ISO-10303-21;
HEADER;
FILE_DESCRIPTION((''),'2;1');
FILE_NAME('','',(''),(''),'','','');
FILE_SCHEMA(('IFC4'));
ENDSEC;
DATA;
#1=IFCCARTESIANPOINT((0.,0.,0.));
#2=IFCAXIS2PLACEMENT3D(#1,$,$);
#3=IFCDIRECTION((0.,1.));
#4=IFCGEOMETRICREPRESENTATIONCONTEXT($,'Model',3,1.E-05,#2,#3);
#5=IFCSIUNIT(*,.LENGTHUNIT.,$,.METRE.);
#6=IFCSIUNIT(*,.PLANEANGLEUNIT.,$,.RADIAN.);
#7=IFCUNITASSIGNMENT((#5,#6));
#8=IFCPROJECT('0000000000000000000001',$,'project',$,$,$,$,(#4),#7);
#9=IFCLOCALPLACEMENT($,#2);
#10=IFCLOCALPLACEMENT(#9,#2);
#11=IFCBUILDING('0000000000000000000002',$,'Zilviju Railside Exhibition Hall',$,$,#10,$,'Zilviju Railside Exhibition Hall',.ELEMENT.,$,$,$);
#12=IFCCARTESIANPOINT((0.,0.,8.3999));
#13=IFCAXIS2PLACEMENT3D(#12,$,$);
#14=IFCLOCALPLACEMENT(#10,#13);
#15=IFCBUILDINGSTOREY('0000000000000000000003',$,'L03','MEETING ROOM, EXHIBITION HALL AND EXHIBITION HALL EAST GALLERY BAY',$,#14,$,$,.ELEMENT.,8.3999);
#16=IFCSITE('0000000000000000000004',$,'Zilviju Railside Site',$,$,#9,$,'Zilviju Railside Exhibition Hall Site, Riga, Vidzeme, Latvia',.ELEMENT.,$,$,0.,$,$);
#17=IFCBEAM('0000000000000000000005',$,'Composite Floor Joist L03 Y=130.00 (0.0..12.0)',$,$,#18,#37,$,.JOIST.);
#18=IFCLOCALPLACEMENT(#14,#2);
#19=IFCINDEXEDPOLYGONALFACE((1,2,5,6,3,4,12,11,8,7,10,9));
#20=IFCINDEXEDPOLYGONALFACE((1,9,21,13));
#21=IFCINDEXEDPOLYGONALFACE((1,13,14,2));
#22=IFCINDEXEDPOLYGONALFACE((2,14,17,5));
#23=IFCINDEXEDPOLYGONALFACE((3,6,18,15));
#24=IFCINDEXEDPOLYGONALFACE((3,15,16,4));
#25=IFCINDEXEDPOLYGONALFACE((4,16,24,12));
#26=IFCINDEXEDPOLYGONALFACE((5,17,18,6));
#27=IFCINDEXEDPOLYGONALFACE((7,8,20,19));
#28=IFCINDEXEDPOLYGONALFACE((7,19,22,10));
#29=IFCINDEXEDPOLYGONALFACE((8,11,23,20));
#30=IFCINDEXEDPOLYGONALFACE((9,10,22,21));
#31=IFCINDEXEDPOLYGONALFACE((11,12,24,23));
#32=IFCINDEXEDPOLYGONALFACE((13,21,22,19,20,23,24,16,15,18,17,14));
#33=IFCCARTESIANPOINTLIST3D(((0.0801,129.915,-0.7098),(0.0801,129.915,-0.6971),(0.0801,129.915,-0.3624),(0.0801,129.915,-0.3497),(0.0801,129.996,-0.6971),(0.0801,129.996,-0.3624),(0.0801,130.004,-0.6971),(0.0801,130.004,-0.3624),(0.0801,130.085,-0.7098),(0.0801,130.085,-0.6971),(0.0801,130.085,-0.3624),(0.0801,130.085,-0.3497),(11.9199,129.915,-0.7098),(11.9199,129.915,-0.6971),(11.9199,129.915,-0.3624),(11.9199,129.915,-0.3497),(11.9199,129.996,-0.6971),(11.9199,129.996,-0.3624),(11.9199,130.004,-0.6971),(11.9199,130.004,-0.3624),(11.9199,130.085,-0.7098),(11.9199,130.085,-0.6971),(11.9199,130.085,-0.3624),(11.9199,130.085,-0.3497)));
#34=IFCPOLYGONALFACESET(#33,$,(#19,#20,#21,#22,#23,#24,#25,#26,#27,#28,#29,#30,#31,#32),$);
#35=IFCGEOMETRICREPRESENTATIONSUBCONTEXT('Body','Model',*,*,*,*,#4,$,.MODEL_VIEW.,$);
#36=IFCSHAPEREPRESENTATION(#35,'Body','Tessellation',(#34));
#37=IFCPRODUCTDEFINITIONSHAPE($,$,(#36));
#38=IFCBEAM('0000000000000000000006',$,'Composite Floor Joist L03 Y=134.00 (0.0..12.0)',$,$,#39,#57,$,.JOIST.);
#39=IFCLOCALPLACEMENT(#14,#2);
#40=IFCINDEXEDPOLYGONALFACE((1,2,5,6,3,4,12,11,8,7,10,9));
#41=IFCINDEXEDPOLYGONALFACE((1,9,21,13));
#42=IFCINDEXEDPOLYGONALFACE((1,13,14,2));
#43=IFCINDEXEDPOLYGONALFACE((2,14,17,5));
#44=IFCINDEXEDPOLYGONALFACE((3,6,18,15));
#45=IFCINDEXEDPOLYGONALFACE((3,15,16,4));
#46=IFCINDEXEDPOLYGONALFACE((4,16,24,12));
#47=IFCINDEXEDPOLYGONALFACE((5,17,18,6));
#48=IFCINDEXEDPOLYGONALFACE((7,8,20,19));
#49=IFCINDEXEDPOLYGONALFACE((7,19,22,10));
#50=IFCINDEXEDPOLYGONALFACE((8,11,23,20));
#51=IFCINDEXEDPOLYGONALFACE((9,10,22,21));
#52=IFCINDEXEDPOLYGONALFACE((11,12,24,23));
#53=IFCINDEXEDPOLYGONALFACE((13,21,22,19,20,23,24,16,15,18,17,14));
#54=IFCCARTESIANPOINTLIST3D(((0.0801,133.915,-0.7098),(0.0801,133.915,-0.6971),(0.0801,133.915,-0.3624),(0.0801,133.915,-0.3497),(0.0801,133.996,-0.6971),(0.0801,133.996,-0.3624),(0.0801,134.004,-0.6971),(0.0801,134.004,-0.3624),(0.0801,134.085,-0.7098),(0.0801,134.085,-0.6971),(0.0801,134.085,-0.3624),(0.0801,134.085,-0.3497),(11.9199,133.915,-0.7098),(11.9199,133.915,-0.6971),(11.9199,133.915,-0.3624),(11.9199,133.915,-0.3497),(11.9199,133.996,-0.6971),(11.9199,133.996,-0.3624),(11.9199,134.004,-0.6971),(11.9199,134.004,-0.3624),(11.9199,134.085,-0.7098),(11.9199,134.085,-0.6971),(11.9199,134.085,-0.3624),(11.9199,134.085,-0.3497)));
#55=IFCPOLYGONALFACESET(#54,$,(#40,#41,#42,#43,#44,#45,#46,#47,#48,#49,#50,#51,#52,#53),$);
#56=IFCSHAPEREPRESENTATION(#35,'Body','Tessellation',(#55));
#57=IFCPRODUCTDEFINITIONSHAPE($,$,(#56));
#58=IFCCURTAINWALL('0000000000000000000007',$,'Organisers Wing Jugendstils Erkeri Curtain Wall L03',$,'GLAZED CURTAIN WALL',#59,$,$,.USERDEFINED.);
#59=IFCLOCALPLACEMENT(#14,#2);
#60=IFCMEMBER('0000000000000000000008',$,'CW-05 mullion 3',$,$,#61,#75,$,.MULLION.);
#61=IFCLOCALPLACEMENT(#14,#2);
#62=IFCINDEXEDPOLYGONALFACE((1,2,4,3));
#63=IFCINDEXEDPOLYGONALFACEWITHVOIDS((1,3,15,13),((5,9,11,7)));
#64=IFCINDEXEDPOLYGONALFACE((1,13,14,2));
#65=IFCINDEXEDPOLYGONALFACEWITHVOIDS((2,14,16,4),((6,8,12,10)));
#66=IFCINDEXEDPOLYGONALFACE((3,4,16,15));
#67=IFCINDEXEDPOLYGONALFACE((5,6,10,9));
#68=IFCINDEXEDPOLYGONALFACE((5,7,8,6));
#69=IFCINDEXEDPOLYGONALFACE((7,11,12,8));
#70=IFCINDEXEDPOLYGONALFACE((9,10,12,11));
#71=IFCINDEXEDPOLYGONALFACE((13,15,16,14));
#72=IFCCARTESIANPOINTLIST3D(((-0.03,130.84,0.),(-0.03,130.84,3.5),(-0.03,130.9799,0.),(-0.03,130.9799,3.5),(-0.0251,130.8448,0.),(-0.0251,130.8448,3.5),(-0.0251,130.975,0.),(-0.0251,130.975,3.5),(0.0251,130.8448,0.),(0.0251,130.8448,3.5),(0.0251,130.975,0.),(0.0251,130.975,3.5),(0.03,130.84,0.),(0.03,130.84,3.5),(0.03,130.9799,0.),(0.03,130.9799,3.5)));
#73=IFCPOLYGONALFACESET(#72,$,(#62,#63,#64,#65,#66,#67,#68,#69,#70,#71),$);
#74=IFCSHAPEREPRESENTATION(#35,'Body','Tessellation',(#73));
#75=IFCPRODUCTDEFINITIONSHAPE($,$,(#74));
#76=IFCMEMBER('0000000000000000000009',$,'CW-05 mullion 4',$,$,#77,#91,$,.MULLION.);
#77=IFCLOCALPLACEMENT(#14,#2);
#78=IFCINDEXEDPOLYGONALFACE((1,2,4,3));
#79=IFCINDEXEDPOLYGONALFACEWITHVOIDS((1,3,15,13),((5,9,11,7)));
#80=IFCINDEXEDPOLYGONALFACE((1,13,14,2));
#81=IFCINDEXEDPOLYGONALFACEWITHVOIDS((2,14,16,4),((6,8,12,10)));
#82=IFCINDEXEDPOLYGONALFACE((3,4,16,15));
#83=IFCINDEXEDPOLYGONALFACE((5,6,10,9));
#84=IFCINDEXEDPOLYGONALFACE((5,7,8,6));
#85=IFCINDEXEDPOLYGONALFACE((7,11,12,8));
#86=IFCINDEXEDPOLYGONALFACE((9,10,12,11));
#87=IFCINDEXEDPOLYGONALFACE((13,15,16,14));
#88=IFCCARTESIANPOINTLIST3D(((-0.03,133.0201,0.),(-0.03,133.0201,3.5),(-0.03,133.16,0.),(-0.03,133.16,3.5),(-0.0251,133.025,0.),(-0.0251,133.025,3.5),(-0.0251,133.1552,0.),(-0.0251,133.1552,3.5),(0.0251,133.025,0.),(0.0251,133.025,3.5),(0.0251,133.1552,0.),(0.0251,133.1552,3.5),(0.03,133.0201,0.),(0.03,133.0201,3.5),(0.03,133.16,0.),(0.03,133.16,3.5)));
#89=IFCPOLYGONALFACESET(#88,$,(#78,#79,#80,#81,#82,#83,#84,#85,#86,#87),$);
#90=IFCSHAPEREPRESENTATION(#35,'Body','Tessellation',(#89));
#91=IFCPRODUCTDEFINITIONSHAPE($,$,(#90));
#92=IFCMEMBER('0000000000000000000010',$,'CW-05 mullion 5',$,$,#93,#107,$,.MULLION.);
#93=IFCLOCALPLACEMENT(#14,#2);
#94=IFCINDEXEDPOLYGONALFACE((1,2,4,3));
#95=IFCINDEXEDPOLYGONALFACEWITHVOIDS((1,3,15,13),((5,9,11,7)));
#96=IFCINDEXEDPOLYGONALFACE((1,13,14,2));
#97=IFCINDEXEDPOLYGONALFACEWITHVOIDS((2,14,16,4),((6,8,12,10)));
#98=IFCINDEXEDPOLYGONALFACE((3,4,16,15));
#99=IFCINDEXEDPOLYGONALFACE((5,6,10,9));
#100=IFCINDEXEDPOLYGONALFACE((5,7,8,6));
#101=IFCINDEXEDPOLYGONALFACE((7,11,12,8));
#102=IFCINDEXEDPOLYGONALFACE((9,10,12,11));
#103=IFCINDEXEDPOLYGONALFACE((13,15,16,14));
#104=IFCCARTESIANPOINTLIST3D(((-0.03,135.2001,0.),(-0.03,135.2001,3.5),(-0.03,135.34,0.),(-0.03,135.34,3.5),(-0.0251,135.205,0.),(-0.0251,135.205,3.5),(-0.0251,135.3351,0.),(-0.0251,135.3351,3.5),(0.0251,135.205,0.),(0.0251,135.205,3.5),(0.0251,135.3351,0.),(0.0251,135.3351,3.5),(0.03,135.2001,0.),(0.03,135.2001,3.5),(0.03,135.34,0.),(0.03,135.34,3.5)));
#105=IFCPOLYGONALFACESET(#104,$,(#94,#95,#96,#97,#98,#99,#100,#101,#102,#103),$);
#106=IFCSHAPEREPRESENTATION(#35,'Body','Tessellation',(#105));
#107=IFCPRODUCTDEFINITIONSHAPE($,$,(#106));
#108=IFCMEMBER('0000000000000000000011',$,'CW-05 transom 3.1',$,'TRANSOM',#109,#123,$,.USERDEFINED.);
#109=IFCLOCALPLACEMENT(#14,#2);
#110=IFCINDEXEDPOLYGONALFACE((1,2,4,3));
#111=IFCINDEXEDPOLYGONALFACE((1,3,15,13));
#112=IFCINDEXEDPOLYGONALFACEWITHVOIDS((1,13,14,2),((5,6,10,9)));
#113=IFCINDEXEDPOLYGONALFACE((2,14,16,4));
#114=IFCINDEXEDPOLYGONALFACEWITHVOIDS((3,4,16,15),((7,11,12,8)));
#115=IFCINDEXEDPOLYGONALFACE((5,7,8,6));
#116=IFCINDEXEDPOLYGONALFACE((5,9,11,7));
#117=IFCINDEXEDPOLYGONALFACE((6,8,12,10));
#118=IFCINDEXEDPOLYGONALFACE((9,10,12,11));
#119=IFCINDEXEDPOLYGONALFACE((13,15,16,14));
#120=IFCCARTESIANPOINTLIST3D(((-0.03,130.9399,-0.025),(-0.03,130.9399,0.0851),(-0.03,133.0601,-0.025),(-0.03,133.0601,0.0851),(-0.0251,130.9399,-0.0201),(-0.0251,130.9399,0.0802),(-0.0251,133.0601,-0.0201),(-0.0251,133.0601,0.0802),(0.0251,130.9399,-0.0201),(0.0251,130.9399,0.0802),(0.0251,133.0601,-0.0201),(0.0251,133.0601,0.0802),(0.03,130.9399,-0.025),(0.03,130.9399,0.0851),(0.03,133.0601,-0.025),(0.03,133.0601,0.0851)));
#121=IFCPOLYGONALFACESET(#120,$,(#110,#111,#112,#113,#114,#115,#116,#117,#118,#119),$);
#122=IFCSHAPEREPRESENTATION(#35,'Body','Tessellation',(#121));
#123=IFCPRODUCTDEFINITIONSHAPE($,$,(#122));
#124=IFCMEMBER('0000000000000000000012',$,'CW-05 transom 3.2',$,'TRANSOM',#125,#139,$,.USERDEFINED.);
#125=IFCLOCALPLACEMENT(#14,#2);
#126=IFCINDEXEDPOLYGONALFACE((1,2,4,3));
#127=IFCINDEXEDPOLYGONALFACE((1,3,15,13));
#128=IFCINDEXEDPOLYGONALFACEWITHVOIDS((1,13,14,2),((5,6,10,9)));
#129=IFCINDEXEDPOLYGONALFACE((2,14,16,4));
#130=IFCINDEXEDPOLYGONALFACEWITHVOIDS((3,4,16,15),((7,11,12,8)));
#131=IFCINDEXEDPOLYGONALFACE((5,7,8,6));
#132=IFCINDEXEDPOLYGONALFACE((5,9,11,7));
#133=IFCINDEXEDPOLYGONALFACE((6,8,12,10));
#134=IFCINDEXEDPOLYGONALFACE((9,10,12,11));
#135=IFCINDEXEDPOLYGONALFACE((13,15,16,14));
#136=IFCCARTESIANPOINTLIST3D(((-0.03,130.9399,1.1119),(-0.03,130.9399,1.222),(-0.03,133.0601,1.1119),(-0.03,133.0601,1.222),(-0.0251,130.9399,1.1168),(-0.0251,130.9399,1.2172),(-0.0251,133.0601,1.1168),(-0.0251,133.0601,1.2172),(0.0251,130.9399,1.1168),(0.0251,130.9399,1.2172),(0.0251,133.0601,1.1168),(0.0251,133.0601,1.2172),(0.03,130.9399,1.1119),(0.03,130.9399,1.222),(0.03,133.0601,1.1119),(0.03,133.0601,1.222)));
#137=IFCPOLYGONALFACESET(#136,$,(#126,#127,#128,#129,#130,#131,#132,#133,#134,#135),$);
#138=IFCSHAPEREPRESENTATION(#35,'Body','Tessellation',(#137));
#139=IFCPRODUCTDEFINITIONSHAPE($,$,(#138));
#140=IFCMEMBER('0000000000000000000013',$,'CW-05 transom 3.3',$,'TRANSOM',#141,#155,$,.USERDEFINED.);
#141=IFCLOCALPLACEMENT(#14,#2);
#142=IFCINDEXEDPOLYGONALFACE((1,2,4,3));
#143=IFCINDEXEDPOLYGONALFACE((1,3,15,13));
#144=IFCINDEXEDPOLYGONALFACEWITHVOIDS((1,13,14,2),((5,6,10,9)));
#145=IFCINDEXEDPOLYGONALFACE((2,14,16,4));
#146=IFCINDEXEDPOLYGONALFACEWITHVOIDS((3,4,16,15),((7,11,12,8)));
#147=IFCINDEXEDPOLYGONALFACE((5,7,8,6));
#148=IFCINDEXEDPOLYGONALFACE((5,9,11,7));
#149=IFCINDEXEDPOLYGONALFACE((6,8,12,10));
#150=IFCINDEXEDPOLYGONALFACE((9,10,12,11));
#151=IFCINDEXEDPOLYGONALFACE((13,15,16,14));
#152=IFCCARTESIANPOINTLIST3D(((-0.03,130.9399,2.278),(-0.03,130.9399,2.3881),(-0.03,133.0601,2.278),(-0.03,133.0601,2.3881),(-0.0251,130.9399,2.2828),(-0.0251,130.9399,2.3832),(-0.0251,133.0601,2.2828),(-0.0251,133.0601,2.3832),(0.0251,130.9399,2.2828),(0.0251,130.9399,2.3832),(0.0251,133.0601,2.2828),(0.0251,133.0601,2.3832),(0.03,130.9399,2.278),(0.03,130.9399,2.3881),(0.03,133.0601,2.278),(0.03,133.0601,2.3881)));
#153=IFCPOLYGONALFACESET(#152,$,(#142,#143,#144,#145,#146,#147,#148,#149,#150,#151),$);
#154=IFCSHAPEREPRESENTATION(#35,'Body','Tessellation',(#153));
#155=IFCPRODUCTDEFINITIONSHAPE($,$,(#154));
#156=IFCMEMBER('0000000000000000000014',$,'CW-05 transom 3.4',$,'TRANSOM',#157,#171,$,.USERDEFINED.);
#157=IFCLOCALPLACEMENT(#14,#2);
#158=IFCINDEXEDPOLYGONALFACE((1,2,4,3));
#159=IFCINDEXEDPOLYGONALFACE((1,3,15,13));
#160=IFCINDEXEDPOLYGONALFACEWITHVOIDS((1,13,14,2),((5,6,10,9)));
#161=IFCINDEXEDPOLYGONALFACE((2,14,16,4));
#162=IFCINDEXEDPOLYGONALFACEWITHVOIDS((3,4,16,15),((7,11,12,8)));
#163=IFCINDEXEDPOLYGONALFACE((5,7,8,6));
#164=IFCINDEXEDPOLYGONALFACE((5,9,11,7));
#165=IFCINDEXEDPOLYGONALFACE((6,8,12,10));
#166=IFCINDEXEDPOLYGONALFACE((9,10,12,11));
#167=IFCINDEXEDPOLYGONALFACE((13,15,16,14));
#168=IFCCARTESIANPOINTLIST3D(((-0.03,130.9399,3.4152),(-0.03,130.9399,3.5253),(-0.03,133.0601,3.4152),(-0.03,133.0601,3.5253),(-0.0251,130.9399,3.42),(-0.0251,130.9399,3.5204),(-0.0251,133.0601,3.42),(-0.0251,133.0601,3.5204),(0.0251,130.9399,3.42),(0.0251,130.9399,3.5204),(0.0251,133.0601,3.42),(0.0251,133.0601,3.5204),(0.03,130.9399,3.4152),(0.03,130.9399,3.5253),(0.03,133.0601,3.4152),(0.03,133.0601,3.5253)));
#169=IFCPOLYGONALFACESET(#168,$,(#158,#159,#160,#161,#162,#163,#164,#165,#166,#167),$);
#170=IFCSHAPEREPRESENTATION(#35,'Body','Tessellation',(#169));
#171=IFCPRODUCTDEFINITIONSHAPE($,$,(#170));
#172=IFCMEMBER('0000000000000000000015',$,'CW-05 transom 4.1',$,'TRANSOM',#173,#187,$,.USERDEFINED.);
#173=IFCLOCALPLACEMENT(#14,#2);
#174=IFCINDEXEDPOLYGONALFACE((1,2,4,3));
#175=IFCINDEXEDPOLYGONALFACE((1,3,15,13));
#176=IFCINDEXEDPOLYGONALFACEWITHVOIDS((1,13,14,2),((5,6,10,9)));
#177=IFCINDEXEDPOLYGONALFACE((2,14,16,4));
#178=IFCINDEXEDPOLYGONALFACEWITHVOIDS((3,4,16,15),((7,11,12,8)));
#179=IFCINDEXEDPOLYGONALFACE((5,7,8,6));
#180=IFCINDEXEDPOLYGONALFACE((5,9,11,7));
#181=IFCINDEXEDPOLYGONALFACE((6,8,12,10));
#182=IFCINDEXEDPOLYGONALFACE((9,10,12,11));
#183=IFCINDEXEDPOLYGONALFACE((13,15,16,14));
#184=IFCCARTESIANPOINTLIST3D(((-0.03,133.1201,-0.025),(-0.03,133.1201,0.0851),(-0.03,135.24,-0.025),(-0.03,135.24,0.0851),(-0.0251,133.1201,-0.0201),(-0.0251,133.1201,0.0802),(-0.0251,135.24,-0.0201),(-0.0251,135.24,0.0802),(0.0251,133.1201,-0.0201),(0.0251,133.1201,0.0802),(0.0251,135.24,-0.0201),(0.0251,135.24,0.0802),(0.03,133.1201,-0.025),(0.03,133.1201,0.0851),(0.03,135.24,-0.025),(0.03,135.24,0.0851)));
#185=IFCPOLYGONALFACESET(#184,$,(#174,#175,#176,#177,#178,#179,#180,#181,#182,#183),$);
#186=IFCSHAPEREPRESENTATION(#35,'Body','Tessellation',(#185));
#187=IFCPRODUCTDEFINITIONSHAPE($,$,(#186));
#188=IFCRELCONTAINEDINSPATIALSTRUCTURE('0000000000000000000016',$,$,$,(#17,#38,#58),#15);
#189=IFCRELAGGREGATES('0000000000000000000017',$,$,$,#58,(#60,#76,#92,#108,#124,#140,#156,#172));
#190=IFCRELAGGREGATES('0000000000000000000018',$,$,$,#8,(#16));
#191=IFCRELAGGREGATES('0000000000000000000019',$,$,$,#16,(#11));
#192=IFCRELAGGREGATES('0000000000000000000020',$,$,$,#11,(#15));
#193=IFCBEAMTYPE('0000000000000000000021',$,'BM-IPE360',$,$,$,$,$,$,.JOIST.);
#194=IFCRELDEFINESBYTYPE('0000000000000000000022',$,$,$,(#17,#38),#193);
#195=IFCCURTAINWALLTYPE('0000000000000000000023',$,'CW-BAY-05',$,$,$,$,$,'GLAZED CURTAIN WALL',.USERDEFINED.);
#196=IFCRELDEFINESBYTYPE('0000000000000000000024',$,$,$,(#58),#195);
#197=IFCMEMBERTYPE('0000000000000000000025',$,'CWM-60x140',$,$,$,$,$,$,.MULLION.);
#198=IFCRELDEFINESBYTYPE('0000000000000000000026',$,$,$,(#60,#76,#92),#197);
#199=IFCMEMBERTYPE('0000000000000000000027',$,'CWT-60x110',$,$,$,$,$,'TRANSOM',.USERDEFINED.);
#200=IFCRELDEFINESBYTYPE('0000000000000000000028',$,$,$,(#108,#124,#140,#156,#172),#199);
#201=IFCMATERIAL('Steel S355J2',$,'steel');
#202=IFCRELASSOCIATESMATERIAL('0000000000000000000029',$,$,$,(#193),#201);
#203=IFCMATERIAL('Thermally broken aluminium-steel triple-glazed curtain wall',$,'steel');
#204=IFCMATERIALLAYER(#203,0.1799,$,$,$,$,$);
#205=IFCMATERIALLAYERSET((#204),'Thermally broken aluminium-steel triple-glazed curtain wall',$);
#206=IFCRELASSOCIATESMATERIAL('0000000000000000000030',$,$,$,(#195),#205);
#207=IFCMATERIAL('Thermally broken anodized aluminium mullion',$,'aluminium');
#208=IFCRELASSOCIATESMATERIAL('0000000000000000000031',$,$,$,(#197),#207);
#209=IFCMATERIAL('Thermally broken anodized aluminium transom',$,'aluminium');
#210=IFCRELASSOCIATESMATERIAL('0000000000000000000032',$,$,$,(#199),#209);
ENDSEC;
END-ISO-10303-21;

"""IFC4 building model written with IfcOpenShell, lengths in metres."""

from ifc_helpers import new_model, si_unit, direction, frame, origin, origin_2d, place, context, subcontext, project, spatial, hollow_rectangle, i_section, extrude, material, layer, layer_set, material_profile, profile_set, type_object, element, aggregate, save


model = new_model("IFC4")

# Units and contexts
model_context = context("Model", 3, precision=1e-05, world=origin(), true_north=direction((0.0, 1.0)))
body_context = subcontext(model_context, "Body", "Model", "MODEL_VIEW")
ifc_project = project(units=[si_unit("LENGTHUNIT", "METRE"), si_unit("PLANEANGLEUNIT", "RADIAN")], contexts=[model_context])

# Site, building, storey
site_placement = place(None, origin())
site = spatial("IfcSite", under=ifc_project, at=site_placement, Name="Zilviju Railside Site", LongName="Zilviju Railside Exhibition Hall Site, Riga, Vidzeme, Latvia", CompositionType="ELEMENT", RefElevation=0.0)
building_placement = place(site_placement, origin())
building = spatial("IfcBuilding", under=site, at=building_placement, Name="Zilviju Railside Exhibition Hall", LongName="Zilviju Railside Exhibition Hall", CompositionType="ELEMENT")
storey_placement = place(building_placement, frame((0.0, 0.0, 8.3999)))
storey = spatial("IfcBuildingStorey", under=building, at=storey_placement, Name="L03", Description="MEETING ROOM, EXHIBITION HALL AND EXHIBITION HALL EAST GALLERY BAY", CompositionType="ELEMENT", Elevation=8.3999)

# Beams
ifc_material_1 = material(Name="Steel S355J2", Category="steel")
ifc_material_profile_1 = material_profile(ifc_material_1, i_section(OverallWidth=0.1699, OverallDepth=0.3601, WebThickness=0.0081, FlangeThickness=0.0127, at=origin_2d()), Name="IPE 360")
ifc_profile_set_1 = profile_set([ifc_material_profile_1], Name="Steel S355J2")
beam_type = type_object("IfcBeamType", Name="BM-IPE360", PredefinedType="JOIST", material=ifc_profile_set_1)
for number, where, z_axis, x_axis, name in (
    (1, (0.0801, 130.0, -0.5298), (1.0, 0.0, 0.0), (0.0, 1.0, 0.0), "Composite Floor Joist L03 Y=130.00 (0.0..12.0)"),
    (2, (0.0801, 134.0, -0.5298), (1.0, 0.0, 0.0), (0.0, 1.0, 0.0), "Composite Floor Joist L03 Y=134.00 (0.0..12.0)"),
):
    element("IfcBeam", number, at=place(storey_placement, frame(where, z_axis=z_axis, x_axis=x_axis)), inside=storey, type_object=beam_type, Name=name, PredefinedType="JOIST", context=body_context, shape_type="SweptSolid", body=[
        extrude(i_section(OverallWidth=0.1699, OverallDepth=0.3601, WebThickness=0.0081, FlangeThickness=0.0127, at=origin_2d()), origin(), (0.0, 0.0, 1.0), 11.8398),
    ])

# Curtain wall, members
ifc_material_2 = material(Name="Thermally broken aluminium-steel triple-glazed curtain wall", Category="steel")
ifc_layer_1 = layer(ifc_material_2, 0.1799)
ifc_layer_set_1 = layer_set([ifc_layer_1], Name="Thermally broken aluminium-steel triple-glazed curtain wall")
curtain_wall_type = type_object("IfcCurtainWallType", Name="CW-BAY-05", ElementType="GLAZED CURTAIN WALL", PredefinedType="USERDEFINED", material=ifc_layer_set_1)
curtain_wall_placement = place(storey_placement, origin())
curtain_wall = element("IfcCurtainWall", 3, at=curtain_wall_placement, inside=storey, type_object=curtain_wall_type, Name="Organisers Wing Jugendstils Erkeri Curtain Wall L03", ObjectType="GLAZED CURTAIN WALL", PredefinedType="USERDEFINED")
ifc_material_3 = material(Name="Thermally broken anodized aluminium mullion", Category="aluminium")
ifc_material_profile_2 = material_profile(ifc_material_3, hollow_rectangle(XDim=0.0601, YDim=0.1399, WallThickness=0.0049, at=origin_2d()), Name="MULLION 140x60x5")
ifc_profile_set_2 = profile_set([ifc_material_profile_2], Name="Thermally broken anodized aluminium mullion")
member_type_1 = type_object("IfcMemberType", Name="CWM-60x140", PredefinedType="MULLION", material=ifc_profile_set_2)
member_1_placement = place(storey_placement, frame((0.0, 130.9099, 0.0), z_axis=(0.0, 0.0, 1.0), x_axis=(-1.0, 0.0, 0.0)))
member_1 = element("IfcMember", 4, at=member_1_placement, type_object=member_type_1, Name="CW-05 mullion 3", PredefinedType="MULLION", context=body_context, shape_type="SweptSolid", body=[
    extrude(hollow_rectangle(XDim=0.0601, YDim=0.1399, WallThickness=0.0049, at=origin_2d()), origin(), (0.0, 0.0, 1.0), 3.5),
])
member_2_placement = place(storey_placement, frame((0.0, 133.0901, 0.0), z_axis=(0.0, 0.0, 1.0), x_axis=(-1.0, 0.0, 0.0)))
member_2 = element("IfcMember", 5, at=member_2_placement, type_object=member_type_1, Name="CW-05 mullion 4", PredefinedType="MULLION", context=body_context, shape_type="SweptSolid", body=[
    extrude(hollow_rectangle(XDim=0.0601, YDim=0.1399, WallThickness=0.0049, at=origin_2d()), origin(), (0.0, 0.0, 1.0), 3.5),
])
member_3_placement = place(storey_placement, frame((0.0, 135.27, 0.0), z_axis=(0.0, 0.0, 1.0), x_axis=(-1.0, 0.0, 0.0)))
member_3 = element("IfcMember", 6, at=member_3_placement, type_object=member_type_1, Name="CW-05 mullion 5", PredefinedType="MULLION", context=body_context, shape_type="SweptSolid", body=[
    extrude(hollow_rectangle(XDim=0.0601, YDim=0.1399, WallThickness=0.0049, at=origin_2d()), origin(), (0.0, 0.0, 1.0), 3.5),
])
ifc_material_4 = material(Name="Thermally broken anodized aluminium transom", Category="aluminium")
ifc_material_profile_3 = material_profile(ifc_material_4, hollow_rectangle(XDim=0.0601, YDim=0.1101, WallThickness=0.0049, at=origin_2d()), Name="TRANSOM 110x60x5")
ifc_profile_set_3 = profile_set([ifc_material_profile_3], Name="Thermally broken anodized aluminium transom")
member_type_2 = type_object("IfcMemberType", Name="CWT-60x110", ElementType="TRANSOM", PredefinedType="USERDEFINED", material=ifc_profile_set_3)
member_4_placement = place(storey_placement, frame((0.0, 130.9399, 0.03), z_axis=(0.0, 1.0, 0.0), x_axis=(-1.0, 0.0, 0.0)))
member_4 = element("IfcMember", 7, at=member_4_placement, type_object=member_type_2, Name="CW-05 transom 3.1", ObjectType="TRANSOM", PredefinedType="USERDEFINED", context=body_context, shape_type="SweptSolid", body=[
    extrude(hollow_rectangle(XDim=0.0601, YDim=0.1101, WallThickness=0.0049, at=origin_2d()), origin(), (0.0, 0.0, 1.0), 2.1201),
])
member_5_placement = place(storey_placement, frame((0.0, 130.9399, 1.167), z_axis=(0.0, 1.0, 0.0), x_axis=(-1.0, 0.0, 0.0)))
member_5 = element("IfcMember", 8, at=member_5_placement, type_object=member_type_2, Name="CW-05 transom 3.2", ObjectType="TRANSOM", PredefinedType="USERDEFINED", context=body_context, shape_type="SweptSolid", body=[
    extrude(hollow_rectangle(XDim=0.0601, YDim=0.1101, WallThickness=0.0049, at=origin_2d()), origin(), (0.0, 0.0, 1.0), 2.1201),
])
member_6_placement = place(storey_placement, frame((0.0, 130.9399, 2.333), z_axis=(0.0, 1.0, 0.0), x_axis=(-1.0, 0.0, 0.0)))
member_6 = element("IfcMember", 9, at=member_6_placement, type_object=member_type_2, Name="CW-05 transom 3.3", ObjectType="TRANSOM", PredefinedType="USERDEFINED", context=body_context, shape_type="SweptSolid", body=[
    extrude(hollow_rectangle(XDim=0.0601, YDim=0.1101, WallThickness=0.0049, at=origin_2d()), origin(), (0.0, 0.0, 1.0), 2.1201),
])
member_7_placement = place(storey_placement, frame((0.0, 130.9399, 3.4702), z_axis=(0.0, 1.0, 0.0), x_axis=(-1.0, 0.0, 0.0)))
member_7 = element("IfcMember", 10, at=member_7_placement, type_object=member_type_2, Name="CW-05 transom 3.4", ObjectType="TRANSOM", PredefinedType="USERDEFINED", context=body_context, shape_type="SweptSolid", body=[
    extrude(hollow_rectangle(XDim=0.0601, YDim=0.1101, WallThickness=0.0049, at=origin_2d()), origin(), (0.0, 0.0, 1.0), 2.1201),
])
member_8_placement = place(storey_placement, frame((0.0, 133.1201, 0.03), z_axis=(0.0, 1.0, 0.0), x_axis=(-1.0, 0.0, 0.0)))
member_8 = element("IfcMember", 11, at=member_8_placement, type_object=member_type_2, Name="CW-05 transom 4.1", ObjectType="TRANSOM", PredefinedType="USERDEFINED", context=body_context, shape_type="SweptSolid", body=[
    extrude(hollow_rectangle(XDim=0.0601, YDim=0.1101, WallThickness=0.0049, at=origin_2d()), origin(), (0.0, 0.0, 1.0), 2.1199),
])
aggregate(curtain_wall, [member_1, member_2, member_3, member_4, member_5, member_6, member_7, member_8])

save(model, "model.ifc")
